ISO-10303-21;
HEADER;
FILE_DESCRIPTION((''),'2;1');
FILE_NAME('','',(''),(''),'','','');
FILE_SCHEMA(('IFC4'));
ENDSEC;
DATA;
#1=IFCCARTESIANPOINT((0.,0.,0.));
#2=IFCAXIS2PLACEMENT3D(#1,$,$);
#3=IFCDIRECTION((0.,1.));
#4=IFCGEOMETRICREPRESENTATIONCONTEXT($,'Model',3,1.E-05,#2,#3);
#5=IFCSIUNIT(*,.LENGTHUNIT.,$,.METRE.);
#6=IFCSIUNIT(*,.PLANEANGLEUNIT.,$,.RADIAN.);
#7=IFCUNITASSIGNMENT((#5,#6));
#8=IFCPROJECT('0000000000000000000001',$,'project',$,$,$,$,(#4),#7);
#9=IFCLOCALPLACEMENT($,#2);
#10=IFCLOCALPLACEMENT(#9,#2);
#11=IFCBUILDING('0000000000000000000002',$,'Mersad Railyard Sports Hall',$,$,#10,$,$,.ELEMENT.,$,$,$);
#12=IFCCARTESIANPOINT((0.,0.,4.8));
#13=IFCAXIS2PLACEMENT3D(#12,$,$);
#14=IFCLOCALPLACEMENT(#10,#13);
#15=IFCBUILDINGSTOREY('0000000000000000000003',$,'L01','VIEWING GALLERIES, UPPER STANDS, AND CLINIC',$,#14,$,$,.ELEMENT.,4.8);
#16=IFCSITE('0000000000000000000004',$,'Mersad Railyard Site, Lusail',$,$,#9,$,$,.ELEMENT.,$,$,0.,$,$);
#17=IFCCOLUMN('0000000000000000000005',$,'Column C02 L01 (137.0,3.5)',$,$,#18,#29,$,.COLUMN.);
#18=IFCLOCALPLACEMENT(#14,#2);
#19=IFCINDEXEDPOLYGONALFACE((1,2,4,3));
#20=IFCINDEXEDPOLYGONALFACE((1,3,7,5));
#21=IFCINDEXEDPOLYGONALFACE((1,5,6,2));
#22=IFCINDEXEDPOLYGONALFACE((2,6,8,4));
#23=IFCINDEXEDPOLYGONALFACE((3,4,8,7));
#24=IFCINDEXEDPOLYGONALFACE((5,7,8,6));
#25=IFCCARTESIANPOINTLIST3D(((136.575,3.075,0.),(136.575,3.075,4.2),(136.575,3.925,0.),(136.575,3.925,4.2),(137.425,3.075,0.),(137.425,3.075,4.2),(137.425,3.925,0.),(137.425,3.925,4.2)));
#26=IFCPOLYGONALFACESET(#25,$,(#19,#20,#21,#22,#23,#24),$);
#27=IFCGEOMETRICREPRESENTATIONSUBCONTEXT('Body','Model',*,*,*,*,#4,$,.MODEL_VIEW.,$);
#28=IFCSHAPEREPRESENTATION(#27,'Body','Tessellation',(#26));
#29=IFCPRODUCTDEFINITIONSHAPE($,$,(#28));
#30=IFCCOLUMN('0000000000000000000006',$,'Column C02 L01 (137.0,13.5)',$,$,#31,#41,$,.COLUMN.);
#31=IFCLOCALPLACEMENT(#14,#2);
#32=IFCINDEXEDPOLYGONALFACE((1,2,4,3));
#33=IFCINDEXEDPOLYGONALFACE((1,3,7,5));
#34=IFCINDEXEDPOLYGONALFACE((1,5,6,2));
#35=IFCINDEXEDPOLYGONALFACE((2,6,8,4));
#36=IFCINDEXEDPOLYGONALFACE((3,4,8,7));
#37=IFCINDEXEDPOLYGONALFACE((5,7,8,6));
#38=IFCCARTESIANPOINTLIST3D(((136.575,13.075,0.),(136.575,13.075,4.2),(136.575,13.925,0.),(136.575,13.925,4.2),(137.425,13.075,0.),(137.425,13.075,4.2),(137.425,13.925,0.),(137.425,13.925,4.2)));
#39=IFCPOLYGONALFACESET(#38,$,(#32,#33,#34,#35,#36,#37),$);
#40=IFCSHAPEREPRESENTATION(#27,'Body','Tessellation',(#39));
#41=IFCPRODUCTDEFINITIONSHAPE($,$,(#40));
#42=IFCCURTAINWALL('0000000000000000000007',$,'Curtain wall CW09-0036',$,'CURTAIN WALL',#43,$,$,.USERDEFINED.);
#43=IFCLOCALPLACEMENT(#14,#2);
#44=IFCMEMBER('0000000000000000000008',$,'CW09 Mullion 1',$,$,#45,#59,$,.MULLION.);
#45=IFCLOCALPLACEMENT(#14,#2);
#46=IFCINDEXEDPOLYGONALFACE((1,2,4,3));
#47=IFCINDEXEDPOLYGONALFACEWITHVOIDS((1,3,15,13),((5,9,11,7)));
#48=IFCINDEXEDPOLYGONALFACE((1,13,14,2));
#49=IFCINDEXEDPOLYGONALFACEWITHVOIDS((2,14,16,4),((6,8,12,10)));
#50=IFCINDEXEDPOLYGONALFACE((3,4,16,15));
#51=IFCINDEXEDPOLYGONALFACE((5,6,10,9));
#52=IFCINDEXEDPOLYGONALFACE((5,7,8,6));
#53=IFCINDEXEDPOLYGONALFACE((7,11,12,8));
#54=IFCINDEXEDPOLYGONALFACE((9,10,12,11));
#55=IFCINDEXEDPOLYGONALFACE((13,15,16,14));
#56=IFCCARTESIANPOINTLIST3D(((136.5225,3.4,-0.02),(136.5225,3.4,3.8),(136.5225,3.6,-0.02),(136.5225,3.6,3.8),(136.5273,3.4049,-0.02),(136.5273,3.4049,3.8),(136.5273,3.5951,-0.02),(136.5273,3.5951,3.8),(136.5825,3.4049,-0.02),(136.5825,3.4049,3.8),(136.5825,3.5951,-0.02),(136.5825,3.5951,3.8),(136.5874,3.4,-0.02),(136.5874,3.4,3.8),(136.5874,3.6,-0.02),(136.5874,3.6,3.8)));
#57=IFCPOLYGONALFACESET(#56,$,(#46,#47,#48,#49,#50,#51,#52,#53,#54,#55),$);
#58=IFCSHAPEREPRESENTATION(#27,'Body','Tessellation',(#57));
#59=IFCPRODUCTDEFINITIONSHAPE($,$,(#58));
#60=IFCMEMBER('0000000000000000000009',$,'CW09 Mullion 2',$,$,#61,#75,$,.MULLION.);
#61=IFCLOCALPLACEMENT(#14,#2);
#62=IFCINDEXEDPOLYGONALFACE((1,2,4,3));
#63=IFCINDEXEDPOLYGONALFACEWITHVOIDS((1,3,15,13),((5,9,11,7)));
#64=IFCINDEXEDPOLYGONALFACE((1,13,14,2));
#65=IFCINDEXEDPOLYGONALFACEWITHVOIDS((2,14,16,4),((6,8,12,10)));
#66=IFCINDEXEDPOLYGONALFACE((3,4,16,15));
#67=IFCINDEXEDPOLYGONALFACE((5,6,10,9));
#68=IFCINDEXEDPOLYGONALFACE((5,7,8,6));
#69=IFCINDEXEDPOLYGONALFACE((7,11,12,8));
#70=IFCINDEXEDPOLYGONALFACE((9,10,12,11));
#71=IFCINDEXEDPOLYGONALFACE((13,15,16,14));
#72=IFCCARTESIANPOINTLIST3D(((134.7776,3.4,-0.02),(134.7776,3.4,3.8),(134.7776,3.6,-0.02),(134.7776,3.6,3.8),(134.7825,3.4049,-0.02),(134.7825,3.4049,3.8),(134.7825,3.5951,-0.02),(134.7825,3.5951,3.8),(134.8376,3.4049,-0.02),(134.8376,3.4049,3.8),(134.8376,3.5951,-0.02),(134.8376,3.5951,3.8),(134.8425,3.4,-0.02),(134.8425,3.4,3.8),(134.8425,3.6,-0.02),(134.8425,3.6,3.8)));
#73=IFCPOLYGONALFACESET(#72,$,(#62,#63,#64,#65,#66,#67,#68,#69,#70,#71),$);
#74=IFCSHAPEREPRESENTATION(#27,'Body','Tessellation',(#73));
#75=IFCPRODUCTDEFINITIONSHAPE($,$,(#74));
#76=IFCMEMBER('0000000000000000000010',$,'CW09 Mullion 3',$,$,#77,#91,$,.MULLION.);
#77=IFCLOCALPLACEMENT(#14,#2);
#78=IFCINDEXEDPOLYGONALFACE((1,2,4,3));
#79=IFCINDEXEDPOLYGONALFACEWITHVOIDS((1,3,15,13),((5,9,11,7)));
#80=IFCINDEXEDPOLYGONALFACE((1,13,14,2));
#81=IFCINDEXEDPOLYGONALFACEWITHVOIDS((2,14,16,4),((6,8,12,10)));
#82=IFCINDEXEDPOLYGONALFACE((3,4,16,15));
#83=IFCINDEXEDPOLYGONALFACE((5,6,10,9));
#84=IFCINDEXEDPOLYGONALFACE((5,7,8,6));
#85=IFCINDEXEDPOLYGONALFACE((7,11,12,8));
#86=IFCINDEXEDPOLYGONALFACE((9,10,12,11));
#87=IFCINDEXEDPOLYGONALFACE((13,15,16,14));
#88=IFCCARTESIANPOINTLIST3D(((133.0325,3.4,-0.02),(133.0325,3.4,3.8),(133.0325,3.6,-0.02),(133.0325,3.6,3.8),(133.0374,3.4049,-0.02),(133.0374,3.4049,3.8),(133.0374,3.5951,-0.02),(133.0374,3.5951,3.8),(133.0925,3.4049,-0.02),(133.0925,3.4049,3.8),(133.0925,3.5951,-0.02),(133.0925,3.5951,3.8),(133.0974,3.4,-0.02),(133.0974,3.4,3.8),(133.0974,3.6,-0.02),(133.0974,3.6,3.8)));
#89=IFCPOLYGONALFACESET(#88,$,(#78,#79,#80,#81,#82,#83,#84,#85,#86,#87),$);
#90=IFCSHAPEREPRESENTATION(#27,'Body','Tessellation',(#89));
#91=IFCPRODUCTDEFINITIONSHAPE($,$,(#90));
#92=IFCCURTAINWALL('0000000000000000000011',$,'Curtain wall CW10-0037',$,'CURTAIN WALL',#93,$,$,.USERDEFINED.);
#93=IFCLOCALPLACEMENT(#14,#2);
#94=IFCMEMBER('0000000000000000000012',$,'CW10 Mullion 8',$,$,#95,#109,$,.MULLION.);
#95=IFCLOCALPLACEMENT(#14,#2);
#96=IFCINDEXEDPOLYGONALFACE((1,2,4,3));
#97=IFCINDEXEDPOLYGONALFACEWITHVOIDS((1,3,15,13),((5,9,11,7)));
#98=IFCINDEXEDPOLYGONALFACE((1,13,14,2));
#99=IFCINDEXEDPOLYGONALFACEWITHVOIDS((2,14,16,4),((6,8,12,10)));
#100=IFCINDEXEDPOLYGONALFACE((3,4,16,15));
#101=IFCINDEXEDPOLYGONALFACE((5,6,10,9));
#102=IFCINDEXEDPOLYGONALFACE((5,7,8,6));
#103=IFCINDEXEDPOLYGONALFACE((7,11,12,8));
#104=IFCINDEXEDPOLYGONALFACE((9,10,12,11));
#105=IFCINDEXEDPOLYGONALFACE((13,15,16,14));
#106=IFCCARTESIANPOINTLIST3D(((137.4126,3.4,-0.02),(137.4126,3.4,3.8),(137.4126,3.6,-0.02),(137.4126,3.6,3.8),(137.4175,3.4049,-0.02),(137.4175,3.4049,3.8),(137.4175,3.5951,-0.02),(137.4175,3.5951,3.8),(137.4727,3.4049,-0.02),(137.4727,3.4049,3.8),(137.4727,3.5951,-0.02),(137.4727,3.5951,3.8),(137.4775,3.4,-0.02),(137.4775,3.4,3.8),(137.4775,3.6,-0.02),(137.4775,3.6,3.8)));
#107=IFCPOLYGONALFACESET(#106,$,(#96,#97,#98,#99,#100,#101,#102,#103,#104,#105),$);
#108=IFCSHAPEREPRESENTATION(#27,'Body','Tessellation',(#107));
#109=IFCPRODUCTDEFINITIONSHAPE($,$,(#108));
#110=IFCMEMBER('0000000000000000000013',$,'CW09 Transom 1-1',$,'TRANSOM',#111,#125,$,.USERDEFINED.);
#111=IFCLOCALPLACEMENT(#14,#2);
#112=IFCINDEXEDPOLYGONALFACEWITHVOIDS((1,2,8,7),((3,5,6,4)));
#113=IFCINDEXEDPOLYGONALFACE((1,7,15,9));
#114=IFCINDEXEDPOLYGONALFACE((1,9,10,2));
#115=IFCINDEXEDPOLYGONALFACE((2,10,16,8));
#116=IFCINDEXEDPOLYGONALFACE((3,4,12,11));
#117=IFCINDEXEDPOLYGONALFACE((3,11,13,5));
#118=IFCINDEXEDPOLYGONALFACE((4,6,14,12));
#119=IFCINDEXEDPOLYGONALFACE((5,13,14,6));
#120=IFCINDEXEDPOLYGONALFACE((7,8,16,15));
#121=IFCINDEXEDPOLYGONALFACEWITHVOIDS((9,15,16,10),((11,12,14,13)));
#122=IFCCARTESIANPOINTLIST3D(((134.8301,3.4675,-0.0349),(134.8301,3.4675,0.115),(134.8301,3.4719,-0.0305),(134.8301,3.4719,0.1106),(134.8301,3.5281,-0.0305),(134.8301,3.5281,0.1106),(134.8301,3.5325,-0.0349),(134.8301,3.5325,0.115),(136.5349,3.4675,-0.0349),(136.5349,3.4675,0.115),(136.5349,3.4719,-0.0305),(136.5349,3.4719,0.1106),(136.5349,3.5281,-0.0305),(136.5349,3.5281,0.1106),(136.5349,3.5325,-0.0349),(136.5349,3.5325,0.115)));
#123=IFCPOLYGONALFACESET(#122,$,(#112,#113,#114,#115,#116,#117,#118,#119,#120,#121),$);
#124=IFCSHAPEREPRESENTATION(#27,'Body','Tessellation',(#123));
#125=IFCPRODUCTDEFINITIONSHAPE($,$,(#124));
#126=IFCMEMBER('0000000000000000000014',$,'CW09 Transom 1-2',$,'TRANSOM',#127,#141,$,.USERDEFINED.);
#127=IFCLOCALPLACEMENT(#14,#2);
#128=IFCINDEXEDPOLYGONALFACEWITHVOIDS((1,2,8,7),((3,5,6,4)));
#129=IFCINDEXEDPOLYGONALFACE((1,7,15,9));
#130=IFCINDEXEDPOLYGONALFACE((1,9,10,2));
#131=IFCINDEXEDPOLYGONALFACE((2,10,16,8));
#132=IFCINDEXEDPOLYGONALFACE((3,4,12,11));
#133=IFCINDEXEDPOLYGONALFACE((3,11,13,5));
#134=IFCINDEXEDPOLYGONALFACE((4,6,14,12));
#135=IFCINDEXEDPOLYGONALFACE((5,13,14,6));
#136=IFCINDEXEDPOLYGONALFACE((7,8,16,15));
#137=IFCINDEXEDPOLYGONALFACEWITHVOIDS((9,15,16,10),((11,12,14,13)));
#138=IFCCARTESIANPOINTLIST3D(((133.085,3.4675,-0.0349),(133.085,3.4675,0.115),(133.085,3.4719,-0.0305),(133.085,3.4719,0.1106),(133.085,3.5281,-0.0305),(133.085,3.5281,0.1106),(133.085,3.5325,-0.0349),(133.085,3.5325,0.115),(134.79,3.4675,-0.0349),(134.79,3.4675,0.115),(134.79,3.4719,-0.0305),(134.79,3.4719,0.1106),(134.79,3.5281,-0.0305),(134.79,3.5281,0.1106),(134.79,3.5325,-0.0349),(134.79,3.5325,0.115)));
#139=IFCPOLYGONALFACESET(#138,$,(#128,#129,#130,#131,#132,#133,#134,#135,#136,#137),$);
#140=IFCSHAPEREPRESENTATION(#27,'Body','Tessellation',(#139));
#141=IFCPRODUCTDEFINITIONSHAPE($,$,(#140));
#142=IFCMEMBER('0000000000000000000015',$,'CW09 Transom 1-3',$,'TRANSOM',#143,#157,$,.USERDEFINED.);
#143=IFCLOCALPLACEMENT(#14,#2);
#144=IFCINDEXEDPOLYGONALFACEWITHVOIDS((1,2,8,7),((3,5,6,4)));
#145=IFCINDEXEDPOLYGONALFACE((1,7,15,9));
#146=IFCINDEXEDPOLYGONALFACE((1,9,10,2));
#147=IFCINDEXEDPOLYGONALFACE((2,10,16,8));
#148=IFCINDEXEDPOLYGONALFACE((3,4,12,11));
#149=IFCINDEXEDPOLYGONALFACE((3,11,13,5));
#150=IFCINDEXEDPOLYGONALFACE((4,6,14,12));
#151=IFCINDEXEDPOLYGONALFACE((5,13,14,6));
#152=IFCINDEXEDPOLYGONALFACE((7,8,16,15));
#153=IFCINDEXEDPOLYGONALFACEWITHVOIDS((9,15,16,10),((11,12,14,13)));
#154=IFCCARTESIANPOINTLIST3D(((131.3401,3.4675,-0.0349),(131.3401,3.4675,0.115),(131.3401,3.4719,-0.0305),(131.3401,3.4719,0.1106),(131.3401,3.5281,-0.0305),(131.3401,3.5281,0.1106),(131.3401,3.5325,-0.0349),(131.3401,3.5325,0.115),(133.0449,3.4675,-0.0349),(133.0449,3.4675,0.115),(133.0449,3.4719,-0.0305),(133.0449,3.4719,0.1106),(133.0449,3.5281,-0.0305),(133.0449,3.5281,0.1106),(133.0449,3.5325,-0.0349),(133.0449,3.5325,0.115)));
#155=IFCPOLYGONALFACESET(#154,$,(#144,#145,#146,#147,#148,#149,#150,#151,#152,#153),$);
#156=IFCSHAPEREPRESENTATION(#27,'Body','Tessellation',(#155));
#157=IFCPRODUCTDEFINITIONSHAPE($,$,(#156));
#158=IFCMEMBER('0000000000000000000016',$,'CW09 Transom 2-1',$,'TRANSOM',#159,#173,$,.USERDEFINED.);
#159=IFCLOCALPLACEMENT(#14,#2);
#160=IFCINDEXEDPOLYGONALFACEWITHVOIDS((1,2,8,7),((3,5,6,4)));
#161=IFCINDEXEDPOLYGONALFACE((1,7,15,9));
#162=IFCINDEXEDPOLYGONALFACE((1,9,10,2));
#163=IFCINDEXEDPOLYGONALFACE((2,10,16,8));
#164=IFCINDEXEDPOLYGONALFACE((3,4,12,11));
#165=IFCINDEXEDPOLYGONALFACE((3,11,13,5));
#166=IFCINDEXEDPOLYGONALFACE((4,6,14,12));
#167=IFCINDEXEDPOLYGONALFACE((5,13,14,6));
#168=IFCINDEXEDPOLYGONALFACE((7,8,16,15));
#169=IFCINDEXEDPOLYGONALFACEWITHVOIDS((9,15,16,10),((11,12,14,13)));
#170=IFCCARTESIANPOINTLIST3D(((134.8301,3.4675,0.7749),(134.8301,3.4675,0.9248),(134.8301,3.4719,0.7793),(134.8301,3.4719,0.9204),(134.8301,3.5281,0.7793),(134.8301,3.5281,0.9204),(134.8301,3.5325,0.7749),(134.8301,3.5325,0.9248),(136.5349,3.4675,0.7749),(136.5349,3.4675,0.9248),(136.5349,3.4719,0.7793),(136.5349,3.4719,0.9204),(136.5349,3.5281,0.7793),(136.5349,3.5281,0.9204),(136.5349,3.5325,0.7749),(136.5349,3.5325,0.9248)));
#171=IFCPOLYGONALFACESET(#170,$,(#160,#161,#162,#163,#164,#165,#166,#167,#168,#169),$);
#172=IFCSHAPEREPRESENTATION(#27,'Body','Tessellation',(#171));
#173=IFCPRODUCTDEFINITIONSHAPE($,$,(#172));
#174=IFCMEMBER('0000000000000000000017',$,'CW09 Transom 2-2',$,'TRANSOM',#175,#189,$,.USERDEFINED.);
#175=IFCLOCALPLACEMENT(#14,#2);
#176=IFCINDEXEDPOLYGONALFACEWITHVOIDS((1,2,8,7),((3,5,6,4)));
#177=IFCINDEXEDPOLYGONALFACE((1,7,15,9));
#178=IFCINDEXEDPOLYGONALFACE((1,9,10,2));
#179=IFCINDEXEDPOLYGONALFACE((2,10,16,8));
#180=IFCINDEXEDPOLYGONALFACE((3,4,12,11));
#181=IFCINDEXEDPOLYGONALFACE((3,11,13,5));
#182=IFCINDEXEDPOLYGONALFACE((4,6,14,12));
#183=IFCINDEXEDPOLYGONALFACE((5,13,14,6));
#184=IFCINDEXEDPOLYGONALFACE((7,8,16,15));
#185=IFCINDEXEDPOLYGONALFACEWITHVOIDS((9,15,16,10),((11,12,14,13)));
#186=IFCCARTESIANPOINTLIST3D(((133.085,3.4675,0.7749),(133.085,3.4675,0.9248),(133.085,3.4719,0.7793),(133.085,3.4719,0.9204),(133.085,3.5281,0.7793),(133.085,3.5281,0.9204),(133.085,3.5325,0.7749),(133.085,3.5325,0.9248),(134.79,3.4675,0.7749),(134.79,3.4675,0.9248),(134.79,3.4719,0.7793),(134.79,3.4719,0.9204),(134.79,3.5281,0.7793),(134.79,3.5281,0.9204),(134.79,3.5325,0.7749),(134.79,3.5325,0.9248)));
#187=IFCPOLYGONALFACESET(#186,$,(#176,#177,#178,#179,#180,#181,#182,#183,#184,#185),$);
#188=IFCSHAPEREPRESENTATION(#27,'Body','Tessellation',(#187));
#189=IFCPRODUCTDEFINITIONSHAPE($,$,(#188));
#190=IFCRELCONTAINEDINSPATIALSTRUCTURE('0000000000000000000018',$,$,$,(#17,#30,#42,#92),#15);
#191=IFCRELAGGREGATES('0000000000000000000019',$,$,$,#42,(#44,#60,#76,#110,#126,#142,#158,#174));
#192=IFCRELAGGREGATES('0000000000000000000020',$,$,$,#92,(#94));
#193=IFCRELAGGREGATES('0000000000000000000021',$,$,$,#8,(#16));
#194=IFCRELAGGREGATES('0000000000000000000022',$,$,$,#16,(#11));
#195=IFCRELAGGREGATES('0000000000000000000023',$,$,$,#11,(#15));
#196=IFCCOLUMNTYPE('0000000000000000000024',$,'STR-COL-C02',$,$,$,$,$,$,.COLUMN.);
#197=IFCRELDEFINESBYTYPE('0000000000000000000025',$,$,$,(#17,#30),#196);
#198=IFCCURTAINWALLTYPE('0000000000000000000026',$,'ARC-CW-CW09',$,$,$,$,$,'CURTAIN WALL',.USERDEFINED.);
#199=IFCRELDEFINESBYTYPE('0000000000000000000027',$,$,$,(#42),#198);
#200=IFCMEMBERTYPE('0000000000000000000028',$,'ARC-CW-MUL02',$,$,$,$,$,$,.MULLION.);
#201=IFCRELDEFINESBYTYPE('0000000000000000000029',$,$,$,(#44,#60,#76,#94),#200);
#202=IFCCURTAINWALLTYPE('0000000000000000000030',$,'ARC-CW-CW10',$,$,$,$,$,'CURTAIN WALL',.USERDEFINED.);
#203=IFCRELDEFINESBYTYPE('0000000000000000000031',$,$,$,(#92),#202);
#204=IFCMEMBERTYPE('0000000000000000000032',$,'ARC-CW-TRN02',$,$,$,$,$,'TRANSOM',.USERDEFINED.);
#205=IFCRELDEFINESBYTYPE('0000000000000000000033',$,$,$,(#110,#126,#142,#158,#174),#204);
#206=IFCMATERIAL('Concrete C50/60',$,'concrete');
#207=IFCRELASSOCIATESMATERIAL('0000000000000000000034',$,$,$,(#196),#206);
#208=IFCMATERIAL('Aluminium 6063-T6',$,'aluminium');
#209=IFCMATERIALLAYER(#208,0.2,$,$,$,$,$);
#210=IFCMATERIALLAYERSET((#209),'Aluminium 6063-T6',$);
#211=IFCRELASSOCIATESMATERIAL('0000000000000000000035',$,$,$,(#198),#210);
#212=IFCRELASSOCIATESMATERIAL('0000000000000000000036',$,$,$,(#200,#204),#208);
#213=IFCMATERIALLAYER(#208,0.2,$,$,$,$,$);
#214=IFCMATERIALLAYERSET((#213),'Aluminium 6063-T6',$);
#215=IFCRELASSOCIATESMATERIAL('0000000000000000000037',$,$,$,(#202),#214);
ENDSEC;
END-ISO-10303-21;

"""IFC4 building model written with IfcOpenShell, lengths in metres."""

from ifc_helpers import new_model, si_unit, direction, frame, origin, origin_2d, place, context, subcontext, project, spatial, rectangle, hollow_rectangle, extrude, material, layer, layer_set, material_profile, profile_set, type_object, element, aggregate, save


model = new_model("IFC4")

# Units and contexts
model_context = context("Model", 3, precision=1e-05, world=origin(), true_north=direction((0.0, 1.0)))
body_context = subcontext(model_context, "Body", "Model", "MODEL_VIEW")
ifc_project = project(units=[si_unit("LENGTHUNIT", "METRE"), si_unit("PLANEANGLEUNIT", "RADIAN")], contexts=[model_context])

# Site, building, storey
site_placement = place(None, origin())
site = spatial("IfcSite", under=ifc_project, at=site_placement, Name="Mersad Railyard Site, Lusail", CompositionType="ELEMENT", RefElevation=0.0)
building_placement = place(site_placement, origin())
building = spatial("IfcBuilding", under=site, at=building_placement, Name="Mersad Railyard Sports Hall", CompositionType="ELEMENT")
storey_placement = place(building_placement, frame((0.0, 0.0, 4.8)))
storey = spatial("IfcBuildingStorey", under=building, at=storey_placement, Name="L01", Description="VIEWING GALLERIES, UPPER STANDS, AND CLINIC", CompositionType="ELEMENT", Elevation=4.8)

# Columns
ifc_material_1 = material(Name="Concrete C50/60", Category="concrete")
ifc_material_profile_1 = material_profile(ifc_material_1, rectangle(XDim=0.8501, YDim=0.8501, at=origin_2d()), Name="RC 850x850")
ifc_profile_set_1 = profile_set([ifc_material_profile_1], Name="Concrete C50/60")
column_type = type_object("IfcColumnType", Name="STR-COL-C02", PredefinedType="COLUMN", material=ifc_profile_set_1)
for number, where, z_axis, x_axis, name in (
    (1, (137.0, 3.5, 0.0), (0.0, 0.0, 1.0), (1.0, 0.0, 0.0), "Column C02 L01 (137.0,3.5)"),
    (2, (137.0, 13.5, 0.0), (0.0, 0.0, 1.0), (1.0, 0.0, 0.0), "Column C02 L01 (137.0,13.5)"),
):
    element("IfcColumn", number, at=place(storey_placement, frame(where, z_axis=z_axis, x_axis=x_axis)), inside=storey, type_object=column_type, Name=name, PredefinedType="COLUMN", context=body_context, shape_type="SweptSolid", body=[
        extrude(rectangle(XDim=0.8501, YDim=0.8501, at=origin_2d()), origin(), (0.0, 0.0, 1.0), 4.2),
    ])

# Curtain wall, members
ifc_material_2 = material(Name="Aluminium 6063-T6", Category="aluminium")
ifc_layer_1 = layer(ifc_material_2, 0.2)
ifc_layer_set_1 = layer_set([ifc_layer_1], Name="Aluminium 6063-T6")
curtain_wall_type_1 = type_object("IfcCurtainWallType", Name="ARC-CW-CW09", ElementType="CURTAIN WALL", PredefinedType="USERDEFINED", material=ifc_layer_set_1)
curtain_wall_1_placement = place(storey_placement, origin())
curtain_wall_1 = element("IfcCurtainWall", 3, at=curtain_wall_1_placement, inside=storey, type_object=curtain_wall_type_1, Name="Curtain wall CW09-0036", ObjectType="CURTAIN WALL", PredefinedType="USERDEFINED")
ifc_material_profile_2 = material_profile(ifc_material_2, hollow_rectangle(XDim=0.0649, YDim=0.2, WallThickness=0.0049, at=origin_2d()), Name="AL MULLION 65x200x5")
ifc_profile_set_2 = profile_set([ifc_material_profile_2], Name="Aluminium 6063-T6")
member_type_1 = type_object("IfcMemberType", Name="ARC-CW-MUL02", PredefinedType="MULLION", material=ifc_profile_set_2)
member_1_placement = place(storey_placement, frame((136.5549, 3.5, -0.02), z_axis=(0.0, 0.0, 1.0), x_axis=(1.0, 0.0, 0.0)))
member_1 = element("IfcMember", 4, at=member_1_placement, type_object=member_type_1, Name="CW09 Mullion 1", PredefinedType="MULLION", context=body_context, shape_type="SweptSolid", body=[
    extrude(hollow_rectangle(XDim=0.0649, YDim=0.2, WallThickness=0.0049, at=origin_2d()), origin(), (0.0, 0.0, 1.0), 3.8201),
])
member_2_placement = place(storey_placement, frame((134.8101, 3.5, -0.02), z_axis=(0.0, 0.0, 1.0), x_axis=(1.0, 0.0, 0.0)))
member_2 = element("IfcMember", 5, at=member_2_placement, type_object=member_type_1, Name="CW09 Mullion 2", PredefinedType="MULLION", context=body_context, shape_type="SweptSolid", body=[
    extrude(hollow_rectangle(XDim=0.0649, YDim=0.2, WallThickness=0.0049, at=origin_2d()), origin(), (0.0, 0.0, 1.0), 3.8201),
])
member_3_placement = place(storey_placement, frame((133.0649, 3.5, -0.02), z_axis=(0.0, 0.0, 1.0), x_axis=(1.0, 0.0, 0.0)))
member_3 = element("IfcMember", 6, at=member_3_placement, type_object=member_type_1, Name="CW09 Mullion 3", PredefinedType="MULLION", context=body_context, shape_type="SweptSolid", body=[
    extrude(hollow_rectangle(XDim=0.0649, YDim=0.2, WallThickness=0.0049, at=origin_2d()), origin(), (0.0, 0.0, 1.0), 3.8201),
])

# Curtain wall, member
ifc_layer_2 = layer(ifc_material_2, 0.2)
ifc_layer_set_2 = layer_set([ifc_layer_2], Name="Aluminium 6063-T6")
curtain_wall_type_2 = type_object("IfcCurtainWallType", Name="ARC-CW-CW10", ElementType="CURTAIN WALL", PredefinedType="USERDEFINED", material=ifc_layer_set_2)
curtain_wall_2_placement = place(storey_placement, origin())
curtain_wall_2 = element("IfcCurtainWall", 7, at=curtain_wall_2_placement, inside=storey, type_object=curtain_wall_type_2, Name="Curtain wall CW10-0037", ObjectType="CURTAIN WALL", PredefinedType="USERDEFINED")
member_4_placement = place(storey_placement, frame((137.4451, 3.5, -0.02), z_axis=(0.0, 0.0, 1.0), x_axis=(1.0, 0.0, 0.0)))
member_4 = element("IfcMember", 8, at=member_4_placement, type_object=member_type_1, Name="CW10 Mullion 8", PredefinedType="MULLION", context=body_context, shape_type="SweptSolid", body=[
    extrude(hollow_rectangle(XDim=0.0649, YDim=0.2, WallThickness=0.0049, at=origin_2d()), origin(), (0.0, 0.0, 1.0), 3.8201),
])

# Members
ifc_material_profile_3 = material_profile(ifc_material_2, hollow_rectangle(XDim=0.0649, YDim=0.1499, WallThickness=0.0044, at=origin_2d()), Name="AL TRANSOM 65x150x4.5")
ifc_profile_set_3 = profile_set([ifc_material_profile_3], Name="Aluminium 6063-T6")
member_type_2 = type_object("IfcMemberType", Name="ARC-CW-TRN02", ElementType="TRANSOM", PredefinedType="USERDEFINED", material=ifc_profile_set_3)
member_5_placement = place(storey_placement, frame((136.5349, 3.5, 0.04), z_axis=(-1.0, 0.0, 0.0), x_axis=(0.0, -1.0, 0.0)))
member_5 = element("IfcMember", 9, at=member_5_placement, type_object=member_type_2, Name="CW09 Transom 1-1", ObjectType="TRANSOM", PredefinedType="USERDEFINED", context=body_context, shape_type="SweptSolid", body=[
    extrude(hollow_rectangle(XDim=0.0649, YDim=0.1499, WallThickness=0.0044, at=origin_2d()), origin(), (0.0, 0.0, 1.0), 1.7048),
])
member_6_placement = place(storey_placement, frame((134.79, 3.5, 0.04), z_axis=(-1.0, 0.0, 0.0), x_axis=(0.0, -1.0, 0.0)))
member_6 = element("IfcMember", 10, at=member_6_placement, type_object=member_type_2, Name="CW09 Transom 1-2", ObjectType="TRANSOM", PredefinedType="USERDEFINED", context=body_context, shape_type="SweptSolid", body=[
    extrude(hollow_rectangle(XDim=0.0649, YDim=0.1499, WallThickness=0.0044, at=origin_2d()), origin(), (0.0, 0.0, 1.0), 1.7051),
])
member_7_placement = place(storey_placement, frame((133.0449, 3.5, 0.04), z_axis=(-1.0, 0.0, 0.0), x_axis=(0.0, -1.0, 0.0)))
member_7 = element("IfcMember", 11, at=member_7_placement, type_object=member_type_2, Name="CW09 Transom 1-3", ObjectType="TRANSOM", PredefinedType="USERDEFINED", context=body_context, shape_type="SweptSolid", body=[
    extrude(hollow_rectangle(XDim=0.0649, YDim=0.1499, WallThickness=0.0044, at=origin_2d()), origin(), (0.0, 0.0, 1.0), 1.7048),
])
member_8_placement = place(storey_placement, frame((136.5349, 3.5, 0.8499), z_axis=(-1.0, 0.0, 0.0), x_axis=(0.0, -1.0, 0.0)))
member_8 = element("IfcMember", 12, at=member_8_placement, type_object=member_type_2, Name="CW09 Transom 2-1", ObjectType="TRANSOM", PredefinedType="USERDEFINED", context=body_context, shape_type="SweptSolid", body=[
    extrude(hollow_rectangle(XDim=0.0649, YDim=0.1499, WallThickness=0.0044, at=origin_2d()), origin(), (0.0, 0.0, 1.0), 1.7048),
])
member_9_placement = place(storey_placement, frame((134.79, 3.5, 0.8499), z_axis=(-1.0, 0.0, 0.0), x_axis=(0.0, -1.0, 0.0)))
member_9 = element("IfcMember", 13, at=member_9_placement, type_object=member_type_2, Name="CW09 Transom 2-2", ObjectType="TRANSOM", PredefinedType="USERDEFINED", context=body_context, shape_type="SweptSolid", body=[
    extrude(hollow_rectangle(XDim=0.0649, YDim=0.1499, WallThickness=0.0044, at=origin_2d()), origin(), (0.0, 0.0, 1.0), 1.7051),
])

aggregate(curtain_wall_1, [member_1, member_2, member_3, member_5, member_6, member_7, member_8, member_9])
aggregate(curtain_wall_2, [member_4])

save(model, "model.ifc")
